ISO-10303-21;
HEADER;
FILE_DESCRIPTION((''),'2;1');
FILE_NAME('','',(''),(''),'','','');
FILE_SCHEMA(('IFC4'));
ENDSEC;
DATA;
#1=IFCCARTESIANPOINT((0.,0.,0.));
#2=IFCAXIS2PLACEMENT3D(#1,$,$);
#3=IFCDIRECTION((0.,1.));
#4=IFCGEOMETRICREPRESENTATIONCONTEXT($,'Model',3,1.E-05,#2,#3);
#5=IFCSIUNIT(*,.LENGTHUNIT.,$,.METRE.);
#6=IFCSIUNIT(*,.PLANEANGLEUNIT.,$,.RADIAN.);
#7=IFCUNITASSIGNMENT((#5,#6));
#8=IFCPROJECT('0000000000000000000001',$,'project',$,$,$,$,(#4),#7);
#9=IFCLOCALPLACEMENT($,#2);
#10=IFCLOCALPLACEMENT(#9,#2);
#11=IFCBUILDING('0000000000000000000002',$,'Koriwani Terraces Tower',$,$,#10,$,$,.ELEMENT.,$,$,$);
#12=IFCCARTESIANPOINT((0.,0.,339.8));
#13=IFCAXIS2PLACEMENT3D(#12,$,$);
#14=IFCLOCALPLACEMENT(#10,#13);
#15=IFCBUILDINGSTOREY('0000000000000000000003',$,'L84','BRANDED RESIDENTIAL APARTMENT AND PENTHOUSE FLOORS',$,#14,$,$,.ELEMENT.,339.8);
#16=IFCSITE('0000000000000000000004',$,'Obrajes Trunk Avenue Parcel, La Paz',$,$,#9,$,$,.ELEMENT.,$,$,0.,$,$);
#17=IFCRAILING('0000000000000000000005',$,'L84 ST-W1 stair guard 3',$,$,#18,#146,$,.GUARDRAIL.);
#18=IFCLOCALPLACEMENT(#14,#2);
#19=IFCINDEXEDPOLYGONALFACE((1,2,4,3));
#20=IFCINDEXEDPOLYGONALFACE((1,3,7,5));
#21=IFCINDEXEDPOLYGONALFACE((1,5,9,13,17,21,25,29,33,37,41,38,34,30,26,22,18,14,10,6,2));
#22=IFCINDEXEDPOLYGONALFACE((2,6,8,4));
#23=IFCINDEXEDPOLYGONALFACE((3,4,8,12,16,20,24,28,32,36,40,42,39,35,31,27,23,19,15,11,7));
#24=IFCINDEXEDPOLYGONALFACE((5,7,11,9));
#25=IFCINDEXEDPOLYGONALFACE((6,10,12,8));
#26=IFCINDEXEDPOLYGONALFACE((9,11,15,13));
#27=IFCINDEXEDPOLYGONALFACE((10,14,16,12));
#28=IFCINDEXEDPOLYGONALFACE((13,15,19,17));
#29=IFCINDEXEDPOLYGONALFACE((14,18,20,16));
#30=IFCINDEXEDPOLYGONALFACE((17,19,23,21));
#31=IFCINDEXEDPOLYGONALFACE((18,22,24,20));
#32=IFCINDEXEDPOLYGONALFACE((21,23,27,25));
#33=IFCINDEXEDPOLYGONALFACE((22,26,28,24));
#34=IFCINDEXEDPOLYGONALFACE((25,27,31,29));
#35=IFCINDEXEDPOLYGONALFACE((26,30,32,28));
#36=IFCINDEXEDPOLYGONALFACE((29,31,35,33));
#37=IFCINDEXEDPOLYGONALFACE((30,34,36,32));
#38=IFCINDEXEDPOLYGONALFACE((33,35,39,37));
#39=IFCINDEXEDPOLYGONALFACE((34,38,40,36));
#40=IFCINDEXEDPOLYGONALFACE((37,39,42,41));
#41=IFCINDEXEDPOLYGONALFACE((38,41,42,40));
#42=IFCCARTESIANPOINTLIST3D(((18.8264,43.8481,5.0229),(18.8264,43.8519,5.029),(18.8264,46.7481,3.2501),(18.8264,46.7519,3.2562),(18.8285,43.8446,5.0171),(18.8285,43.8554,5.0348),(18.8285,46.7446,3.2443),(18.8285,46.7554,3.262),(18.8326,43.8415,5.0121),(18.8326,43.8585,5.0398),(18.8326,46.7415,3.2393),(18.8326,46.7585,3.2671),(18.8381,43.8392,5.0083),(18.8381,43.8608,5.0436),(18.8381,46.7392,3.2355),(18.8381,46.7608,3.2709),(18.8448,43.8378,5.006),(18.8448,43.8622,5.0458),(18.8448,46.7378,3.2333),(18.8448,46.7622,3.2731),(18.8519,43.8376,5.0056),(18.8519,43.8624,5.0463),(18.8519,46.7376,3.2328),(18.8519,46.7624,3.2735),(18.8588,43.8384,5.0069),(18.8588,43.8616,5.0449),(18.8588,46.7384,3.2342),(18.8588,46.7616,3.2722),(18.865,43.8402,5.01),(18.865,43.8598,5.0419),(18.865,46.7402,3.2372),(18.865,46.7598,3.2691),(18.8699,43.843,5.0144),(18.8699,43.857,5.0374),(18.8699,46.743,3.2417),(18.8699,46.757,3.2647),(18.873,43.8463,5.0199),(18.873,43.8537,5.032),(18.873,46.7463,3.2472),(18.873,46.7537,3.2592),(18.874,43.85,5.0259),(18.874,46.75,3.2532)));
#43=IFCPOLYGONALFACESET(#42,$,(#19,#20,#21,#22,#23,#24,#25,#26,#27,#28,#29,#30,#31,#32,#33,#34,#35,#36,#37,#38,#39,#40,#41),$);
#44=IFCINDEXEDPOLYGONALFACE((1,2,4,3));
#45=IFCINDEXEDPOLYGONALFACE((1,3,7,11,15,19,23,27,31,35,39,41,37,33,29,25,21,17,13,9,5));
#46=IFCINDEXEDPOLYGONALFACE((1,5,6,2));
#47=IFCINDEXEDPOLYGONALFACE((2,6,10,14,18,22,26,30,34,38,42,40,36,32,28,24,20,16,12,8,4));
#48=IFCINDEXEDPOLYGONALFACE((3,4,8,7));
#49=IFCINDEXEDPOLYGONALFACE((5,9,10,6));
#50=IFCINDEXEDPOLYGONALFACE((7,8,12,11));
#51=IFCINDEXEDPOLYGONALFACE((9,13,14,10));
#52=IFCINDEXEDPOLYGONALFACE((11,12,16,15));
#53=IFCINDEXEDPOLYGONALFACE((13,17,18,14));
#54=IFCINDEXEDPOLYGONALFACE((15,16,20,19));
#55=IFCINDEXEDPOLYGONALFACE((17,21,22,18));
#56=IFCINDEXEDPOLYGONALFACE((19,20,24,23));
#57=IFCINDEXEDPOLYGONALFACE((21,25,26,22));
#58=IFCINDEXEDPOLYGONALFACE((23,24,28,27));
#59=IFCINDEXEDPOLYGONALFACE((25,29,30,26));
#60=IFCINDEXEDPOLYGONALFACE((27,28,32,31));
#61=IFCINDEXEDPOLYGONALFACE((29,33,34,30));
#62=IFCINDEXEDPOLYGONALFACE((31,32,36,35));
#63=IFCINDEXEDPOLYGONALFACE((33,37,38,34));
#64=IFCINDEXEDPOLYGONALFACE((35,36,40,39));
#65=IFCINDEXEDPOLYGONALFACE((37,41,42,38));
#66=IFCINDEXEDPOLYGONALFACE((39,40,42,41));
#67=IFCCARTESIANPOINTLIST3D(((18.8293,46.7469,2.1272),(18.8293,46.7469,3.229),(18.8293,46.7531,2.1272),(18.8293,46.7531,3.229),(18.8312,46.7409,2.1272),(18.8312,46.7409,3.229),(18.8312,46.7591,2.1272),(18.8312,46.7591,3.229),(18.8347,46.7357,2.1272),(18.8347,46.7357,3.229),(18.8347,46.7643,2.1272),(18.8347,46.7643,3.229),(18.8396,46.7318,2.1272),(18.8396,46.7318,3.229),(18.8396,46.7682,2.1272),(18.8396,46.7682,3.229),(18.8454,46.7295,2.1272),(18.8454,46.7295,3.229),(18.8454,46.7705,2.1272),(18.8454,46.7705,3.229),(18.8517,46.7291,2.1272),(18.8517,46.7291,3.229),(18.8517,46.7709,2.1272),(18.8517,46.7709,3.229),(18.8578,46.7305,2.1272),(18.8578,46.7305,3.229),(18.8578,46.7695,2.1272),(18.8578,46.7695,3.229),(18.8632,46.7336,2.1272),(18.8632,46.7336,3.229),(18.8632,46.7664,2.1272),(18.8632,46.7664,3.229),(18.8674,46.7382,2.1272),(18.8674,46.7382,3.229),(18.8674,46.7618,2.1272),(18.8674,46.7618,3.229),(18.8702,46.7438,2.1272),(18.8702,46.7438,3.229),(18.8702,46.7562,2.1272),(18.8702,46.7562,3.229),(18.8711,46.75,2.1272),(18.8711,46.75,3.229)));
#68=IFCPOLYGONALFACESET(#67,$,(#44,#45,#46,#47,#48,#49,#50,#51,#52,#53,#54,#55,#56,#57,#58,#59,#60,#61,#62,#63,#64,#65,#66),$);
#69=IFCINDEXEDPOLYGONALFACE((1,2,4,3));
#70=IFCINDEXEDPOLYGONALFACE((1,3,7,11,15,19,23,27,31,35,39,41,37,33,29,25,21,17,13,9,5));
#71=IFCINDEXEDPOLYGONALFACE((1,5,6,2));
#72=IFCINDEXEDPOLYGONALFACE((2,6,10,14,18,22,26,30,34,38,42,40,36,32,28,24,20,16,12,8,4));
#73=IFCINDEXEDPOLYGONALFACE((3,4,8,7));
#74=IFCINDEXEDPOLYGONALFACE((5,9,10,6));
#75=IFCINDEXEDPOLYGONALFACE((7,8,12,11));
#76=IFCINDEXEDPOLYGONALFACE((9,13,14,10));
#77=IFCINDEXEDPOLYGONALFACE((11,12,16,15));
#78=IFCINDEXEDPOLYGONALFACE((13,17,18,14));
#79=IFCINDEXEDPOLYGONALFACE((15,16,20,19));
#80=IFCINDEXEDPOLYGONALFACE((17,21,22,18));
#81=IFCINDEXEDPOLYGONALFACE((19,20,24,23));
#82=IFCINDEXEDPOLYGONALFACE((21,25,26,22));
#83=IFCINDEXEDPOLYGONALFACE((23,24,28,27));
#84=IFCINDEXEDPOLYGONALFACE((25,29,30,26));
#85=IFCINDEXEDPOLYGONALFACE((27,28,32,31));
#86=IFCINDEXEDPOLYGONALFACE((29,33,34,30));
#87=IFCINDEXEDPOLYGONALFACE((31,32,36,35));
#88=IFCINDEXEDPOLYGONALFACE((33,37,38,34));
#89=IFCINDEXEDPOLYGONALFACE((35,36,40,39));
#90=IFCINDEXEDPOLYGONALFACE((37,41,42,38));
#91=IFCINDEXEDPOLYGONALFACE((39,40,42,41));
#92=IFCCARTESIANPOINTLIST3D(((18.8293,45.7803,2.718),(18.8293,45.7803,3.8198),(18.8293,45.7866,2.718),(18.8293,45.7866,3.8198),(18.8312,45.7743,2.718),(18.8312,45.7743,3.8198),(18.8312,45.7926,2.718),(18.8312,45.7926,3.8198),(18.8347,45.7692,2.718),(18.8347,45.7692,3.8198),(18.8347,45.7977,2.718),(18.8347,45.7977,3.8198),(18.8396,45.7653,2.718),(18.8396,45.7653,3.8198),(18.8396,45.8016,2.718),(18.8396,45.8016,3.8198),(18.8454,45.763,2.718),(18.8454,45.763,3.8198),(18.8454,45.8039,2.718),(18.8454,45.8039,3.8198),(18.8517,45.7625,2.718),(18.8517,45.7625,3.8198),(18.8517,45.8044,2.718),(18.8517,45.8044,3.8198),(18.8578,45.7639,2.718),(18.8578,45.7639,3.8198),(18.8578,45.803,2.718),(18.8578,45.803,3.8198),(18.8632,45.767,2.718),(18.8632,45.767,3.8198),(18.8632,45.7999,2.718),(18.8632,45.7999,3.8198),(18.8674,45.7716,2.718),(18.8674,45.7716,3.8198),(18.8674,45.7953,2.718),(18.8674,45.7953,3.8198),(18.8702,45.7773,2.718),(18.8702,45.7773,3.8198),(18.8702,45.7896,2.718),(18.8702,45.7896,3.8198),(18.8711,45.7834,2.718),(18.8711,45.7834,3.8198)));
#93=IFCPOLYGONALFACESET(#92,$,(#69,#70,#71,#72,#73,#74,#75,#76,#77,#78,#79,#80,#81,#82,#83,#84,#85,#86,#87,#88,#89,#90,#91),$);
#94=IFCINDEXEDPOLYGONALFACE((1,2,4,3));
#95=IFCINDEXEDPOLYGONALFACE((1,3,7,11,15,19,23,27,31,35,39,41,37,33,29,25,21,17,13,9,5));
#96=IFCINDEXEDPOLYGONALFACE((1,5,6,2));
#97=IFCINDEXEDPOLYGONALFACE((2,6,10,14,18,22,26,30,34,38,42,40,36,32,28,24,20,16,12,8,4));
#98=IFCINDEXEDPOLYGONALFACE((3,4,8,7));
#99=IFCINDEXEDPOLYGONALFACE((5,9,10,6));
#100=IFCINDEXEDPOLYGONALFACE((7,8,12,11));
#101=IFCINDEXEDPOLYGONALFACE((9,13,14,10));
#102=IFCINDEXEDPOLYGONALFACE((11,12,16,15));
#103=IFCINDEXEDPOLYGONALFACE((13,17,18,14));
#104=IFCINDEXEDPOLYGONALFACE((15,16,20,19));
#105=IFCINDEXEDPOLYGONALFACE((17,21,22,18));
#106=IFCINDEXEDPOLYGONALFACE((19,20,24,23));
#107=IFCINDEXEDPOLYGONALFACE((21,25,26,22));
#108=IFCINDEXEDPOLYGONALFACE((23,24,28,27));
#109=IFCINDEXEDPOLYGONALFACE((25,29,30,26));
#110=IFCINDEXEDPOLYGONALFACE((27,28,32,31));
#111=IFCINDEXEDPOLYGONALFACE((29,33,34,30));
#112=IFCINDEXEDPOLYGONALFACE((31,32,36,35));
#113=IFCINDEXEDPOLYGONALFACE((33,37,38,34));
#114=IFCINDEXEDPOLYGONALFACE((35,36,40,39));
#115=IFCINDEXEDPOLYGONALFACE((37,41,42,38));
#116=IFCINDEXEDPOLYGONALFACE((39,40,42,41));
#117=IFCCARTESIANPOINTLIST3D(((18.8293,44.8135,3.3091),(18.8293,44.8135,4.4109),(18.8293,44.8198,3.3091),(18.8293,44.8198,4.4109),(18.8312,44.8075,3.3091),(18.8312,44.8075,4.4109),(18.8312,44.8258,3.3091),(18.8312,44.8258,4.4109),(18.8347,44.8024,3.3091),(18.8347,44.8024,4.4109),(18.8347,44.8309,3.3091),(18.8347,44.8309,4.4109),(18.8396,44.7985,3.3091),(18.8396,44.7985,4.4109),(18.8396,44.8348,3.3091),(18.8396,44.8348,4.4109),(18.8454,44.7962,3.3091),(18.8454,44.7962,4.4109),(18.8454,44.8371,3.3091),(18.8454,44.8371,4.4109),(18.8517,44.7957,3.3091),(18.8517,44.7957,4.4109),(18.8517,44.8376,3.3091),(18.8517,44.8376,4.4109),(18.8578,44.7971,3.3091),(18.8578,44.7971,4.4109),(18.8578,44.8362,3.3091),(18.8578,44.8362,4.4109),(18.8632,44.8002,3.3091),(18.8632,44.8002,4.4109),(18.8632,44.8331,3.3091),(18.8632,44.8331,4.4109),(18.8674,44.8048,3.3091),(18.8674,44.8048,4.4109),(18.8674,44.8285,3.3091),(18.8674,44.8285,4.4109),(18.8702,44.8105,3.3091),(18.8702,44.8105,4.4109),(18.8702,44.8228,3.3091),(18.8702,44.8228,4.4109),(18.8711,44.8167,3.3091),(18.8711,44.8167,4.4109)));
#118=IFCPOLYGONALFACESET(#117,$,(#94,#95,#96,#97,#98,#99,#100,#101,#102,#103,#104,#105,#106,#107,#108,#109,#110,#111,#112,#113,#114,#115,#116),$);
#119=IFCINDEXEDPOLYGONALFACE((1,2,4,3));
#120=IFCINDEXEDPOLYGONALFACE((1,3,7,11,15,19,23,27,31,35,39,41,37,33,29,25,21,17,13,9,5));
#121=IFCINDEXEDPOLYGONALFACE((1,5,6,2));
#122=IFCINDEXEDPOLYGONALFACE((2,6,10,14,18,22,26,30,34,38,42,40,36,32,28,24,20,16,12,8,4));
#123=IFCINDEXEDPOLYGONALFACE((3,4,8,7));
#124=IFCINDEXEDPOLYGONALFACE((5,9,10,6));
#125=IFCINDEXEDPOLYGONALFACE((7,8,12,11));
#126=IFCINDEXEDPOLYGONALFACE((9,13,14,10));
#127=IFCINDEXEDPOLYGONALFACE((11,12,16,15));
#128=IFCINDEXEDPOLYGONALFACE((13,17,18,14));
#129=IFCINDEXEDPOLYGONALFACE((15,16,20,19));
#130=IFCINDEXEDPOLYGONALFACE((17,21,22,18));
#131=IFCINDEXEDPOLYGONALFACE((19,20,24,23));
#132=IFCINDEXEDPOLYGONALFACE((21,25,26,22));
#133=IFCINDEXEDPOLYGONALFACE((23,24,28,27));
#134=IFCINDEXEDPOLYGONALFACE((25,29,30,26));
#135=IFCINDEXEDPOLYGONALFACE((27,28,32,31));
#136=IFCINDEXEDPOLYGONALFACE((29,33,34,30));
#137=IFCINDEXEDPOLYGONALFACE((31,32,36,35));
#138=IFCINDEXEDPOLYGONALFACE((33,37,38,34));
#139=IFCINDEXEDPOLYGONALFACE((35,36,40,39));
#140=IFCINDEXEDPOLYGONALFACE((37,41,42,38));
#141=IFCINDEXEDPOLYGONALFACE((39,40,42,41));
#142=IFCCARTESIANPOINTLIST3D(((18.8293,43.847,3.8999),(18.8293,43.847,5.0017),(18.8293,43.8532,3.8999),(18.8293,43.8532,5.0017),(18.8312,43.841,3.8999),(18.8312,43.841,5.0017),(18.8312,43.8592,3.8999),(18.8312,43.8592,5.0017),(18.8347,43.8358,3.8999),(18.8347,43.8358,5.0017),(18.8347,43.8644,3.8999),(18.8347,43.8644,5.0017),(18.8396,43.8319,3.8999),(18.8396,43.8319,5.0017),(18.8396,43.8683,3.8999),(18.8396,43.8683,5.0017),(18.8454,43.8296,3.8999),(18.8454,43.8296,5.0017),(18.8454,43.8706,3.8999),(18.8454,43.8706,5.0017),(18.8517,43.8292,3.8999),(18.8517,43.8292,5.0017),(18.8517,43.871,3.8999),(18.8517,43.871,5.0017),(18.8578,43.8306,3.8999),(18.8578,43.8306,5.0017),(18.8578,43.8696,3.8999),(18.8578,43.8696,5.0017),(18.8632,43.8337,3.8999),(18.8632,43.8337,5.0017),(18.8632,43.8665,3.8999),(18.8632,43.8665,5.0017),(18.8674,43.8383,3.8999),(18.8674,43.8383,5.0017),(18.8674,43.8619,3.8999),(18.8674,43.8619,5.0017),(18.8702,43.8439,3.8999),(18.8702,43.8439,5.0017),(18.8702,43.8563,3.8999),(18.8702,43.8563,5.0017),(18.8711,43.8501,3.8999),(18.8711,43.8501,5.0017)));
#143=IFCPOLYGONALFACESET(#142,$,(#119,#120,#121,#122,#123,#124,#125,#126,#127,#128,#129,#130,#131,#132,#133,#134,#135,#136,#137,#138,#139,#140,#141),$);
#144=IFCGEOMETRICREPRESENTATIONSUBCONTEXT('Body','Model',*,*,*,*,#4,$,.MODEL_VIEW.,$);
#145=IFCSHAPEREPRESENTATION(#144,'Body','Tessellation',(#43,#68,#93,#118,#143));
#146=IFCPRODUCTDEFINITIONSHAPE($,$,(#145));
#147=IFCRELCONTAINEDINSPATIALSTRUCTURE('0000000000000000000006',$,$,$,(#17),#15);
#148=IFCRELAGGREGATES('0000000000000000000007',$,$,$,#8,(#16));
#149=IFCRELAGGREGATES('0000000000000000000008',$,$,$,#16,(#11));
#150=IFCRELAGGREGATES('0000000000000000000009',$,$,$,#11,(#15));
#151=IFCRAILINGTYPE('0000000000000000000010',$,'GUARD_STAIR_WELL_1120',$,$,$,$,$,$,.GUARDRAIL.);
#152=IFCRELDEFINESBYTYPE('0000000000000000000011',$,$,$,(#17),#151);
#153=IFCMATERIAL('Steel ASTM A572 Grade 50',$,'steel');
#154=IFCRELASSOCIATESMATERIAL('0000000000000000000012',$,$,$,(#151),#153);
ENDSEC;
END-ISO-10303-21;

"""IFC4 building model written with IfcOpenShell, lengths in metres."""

from ifc_helpers import new_model, si_unit, direction, frame, origin, origin_2d, place, context, subcontext, project, spatial, circle, extrude, material, type_object, element, save


model = new_model("IFC4")

# Units and contexts
model_context = context("Model", 3, precision=1e-05, world=origin(), true_north=direction((0.0, 1.0)))
body_context = subcontext(model_context, "Body", "Model", "MODEL_VIEW")
ifc_project = project(units=[si_unit("LENGTHUNIT", "METRE"), si_unit("PLANEANGLEUNIT", "RADIAN")], contexts=[model_context])

# Site, building, storey
site_placement = place(None, origin())
site = spatial("IfcSite", under=ifc_project, at=site_placement, Name="Obrajes Trunk Avenue Parcel, La Paz", CompositionType="ELEMENT", RefElevation=0.0)
building_placement = place(site_placement, origin())
building = spatial("IfcBuilding", under=site, at=building_placement, Name="Koriwani Terraces Tower", CompositionType="ELEMENT")
storey_placement = place(building_placement, frame((0.0, 0.0, 339.8)))
storey = spatial("IfcBuildingStorey", under=building, at=storey_placement, Name="L84", Description="BRANDED RESIDENTIAL APARTMENT AND PENTHOUSE FLOORS", CompositionType="ELEMENT", Elevation=339.8)

# Shared definitions
ifc_material_1 = material(Name="Steel ASTM A572 Grade 50", Category="steel")

# Railing
railing_type_1 = type_object("IfcRailingType", Name="GUARD_STAIR_WELL_1120", PredefinedType="GUARDRAIL", material=ifc_material_1)
railing_1_placement = place(storey_placement, frame((18.8501, 46.75, 2.1272)))
element("IfcRailing", 1, at=railing_1_placement, inside=storey, type_object=railing_type_1, Name="L84 ST-W1 stair guard 3", PredefinedType="GUARDRAIL", context=body_context, shape_type="SweptSolid", body=[
    extrude(circle(Radius=0.0239, at=origin_2d()), frame((0.0, 0.0, 1.126), z_axis=(0.0, -0.853211, 0.521566), x_axis=(1.0, 0.0, 0.0)), (0.0, 0.0, 1.0), 3.3989),
    extrude(circle(Radius=0.021, at=origin_2d()), origin(), (0.0, 0.0, 1.0), 1.1018),
    extrude(circle(Radius=0.021, at=origin_2d()), frame((0.0, -0.9666, 0.5908)), (0.0, 0.0, 1.0), 1.1018),
    extrude(circle(Radius=0.021, at=origin_2d()), frame((0.0, -1.9333, 1.1819)), (0.0, 0.0, 1.0), 1.1018),
    extrude(circle(Radius=0.021, at=origin_2d()), frame((0.0, -2.8999, 1.7727)), (0.0, 0.0, 1.0), 1.1018),
])

save(model, "model.ifc")
